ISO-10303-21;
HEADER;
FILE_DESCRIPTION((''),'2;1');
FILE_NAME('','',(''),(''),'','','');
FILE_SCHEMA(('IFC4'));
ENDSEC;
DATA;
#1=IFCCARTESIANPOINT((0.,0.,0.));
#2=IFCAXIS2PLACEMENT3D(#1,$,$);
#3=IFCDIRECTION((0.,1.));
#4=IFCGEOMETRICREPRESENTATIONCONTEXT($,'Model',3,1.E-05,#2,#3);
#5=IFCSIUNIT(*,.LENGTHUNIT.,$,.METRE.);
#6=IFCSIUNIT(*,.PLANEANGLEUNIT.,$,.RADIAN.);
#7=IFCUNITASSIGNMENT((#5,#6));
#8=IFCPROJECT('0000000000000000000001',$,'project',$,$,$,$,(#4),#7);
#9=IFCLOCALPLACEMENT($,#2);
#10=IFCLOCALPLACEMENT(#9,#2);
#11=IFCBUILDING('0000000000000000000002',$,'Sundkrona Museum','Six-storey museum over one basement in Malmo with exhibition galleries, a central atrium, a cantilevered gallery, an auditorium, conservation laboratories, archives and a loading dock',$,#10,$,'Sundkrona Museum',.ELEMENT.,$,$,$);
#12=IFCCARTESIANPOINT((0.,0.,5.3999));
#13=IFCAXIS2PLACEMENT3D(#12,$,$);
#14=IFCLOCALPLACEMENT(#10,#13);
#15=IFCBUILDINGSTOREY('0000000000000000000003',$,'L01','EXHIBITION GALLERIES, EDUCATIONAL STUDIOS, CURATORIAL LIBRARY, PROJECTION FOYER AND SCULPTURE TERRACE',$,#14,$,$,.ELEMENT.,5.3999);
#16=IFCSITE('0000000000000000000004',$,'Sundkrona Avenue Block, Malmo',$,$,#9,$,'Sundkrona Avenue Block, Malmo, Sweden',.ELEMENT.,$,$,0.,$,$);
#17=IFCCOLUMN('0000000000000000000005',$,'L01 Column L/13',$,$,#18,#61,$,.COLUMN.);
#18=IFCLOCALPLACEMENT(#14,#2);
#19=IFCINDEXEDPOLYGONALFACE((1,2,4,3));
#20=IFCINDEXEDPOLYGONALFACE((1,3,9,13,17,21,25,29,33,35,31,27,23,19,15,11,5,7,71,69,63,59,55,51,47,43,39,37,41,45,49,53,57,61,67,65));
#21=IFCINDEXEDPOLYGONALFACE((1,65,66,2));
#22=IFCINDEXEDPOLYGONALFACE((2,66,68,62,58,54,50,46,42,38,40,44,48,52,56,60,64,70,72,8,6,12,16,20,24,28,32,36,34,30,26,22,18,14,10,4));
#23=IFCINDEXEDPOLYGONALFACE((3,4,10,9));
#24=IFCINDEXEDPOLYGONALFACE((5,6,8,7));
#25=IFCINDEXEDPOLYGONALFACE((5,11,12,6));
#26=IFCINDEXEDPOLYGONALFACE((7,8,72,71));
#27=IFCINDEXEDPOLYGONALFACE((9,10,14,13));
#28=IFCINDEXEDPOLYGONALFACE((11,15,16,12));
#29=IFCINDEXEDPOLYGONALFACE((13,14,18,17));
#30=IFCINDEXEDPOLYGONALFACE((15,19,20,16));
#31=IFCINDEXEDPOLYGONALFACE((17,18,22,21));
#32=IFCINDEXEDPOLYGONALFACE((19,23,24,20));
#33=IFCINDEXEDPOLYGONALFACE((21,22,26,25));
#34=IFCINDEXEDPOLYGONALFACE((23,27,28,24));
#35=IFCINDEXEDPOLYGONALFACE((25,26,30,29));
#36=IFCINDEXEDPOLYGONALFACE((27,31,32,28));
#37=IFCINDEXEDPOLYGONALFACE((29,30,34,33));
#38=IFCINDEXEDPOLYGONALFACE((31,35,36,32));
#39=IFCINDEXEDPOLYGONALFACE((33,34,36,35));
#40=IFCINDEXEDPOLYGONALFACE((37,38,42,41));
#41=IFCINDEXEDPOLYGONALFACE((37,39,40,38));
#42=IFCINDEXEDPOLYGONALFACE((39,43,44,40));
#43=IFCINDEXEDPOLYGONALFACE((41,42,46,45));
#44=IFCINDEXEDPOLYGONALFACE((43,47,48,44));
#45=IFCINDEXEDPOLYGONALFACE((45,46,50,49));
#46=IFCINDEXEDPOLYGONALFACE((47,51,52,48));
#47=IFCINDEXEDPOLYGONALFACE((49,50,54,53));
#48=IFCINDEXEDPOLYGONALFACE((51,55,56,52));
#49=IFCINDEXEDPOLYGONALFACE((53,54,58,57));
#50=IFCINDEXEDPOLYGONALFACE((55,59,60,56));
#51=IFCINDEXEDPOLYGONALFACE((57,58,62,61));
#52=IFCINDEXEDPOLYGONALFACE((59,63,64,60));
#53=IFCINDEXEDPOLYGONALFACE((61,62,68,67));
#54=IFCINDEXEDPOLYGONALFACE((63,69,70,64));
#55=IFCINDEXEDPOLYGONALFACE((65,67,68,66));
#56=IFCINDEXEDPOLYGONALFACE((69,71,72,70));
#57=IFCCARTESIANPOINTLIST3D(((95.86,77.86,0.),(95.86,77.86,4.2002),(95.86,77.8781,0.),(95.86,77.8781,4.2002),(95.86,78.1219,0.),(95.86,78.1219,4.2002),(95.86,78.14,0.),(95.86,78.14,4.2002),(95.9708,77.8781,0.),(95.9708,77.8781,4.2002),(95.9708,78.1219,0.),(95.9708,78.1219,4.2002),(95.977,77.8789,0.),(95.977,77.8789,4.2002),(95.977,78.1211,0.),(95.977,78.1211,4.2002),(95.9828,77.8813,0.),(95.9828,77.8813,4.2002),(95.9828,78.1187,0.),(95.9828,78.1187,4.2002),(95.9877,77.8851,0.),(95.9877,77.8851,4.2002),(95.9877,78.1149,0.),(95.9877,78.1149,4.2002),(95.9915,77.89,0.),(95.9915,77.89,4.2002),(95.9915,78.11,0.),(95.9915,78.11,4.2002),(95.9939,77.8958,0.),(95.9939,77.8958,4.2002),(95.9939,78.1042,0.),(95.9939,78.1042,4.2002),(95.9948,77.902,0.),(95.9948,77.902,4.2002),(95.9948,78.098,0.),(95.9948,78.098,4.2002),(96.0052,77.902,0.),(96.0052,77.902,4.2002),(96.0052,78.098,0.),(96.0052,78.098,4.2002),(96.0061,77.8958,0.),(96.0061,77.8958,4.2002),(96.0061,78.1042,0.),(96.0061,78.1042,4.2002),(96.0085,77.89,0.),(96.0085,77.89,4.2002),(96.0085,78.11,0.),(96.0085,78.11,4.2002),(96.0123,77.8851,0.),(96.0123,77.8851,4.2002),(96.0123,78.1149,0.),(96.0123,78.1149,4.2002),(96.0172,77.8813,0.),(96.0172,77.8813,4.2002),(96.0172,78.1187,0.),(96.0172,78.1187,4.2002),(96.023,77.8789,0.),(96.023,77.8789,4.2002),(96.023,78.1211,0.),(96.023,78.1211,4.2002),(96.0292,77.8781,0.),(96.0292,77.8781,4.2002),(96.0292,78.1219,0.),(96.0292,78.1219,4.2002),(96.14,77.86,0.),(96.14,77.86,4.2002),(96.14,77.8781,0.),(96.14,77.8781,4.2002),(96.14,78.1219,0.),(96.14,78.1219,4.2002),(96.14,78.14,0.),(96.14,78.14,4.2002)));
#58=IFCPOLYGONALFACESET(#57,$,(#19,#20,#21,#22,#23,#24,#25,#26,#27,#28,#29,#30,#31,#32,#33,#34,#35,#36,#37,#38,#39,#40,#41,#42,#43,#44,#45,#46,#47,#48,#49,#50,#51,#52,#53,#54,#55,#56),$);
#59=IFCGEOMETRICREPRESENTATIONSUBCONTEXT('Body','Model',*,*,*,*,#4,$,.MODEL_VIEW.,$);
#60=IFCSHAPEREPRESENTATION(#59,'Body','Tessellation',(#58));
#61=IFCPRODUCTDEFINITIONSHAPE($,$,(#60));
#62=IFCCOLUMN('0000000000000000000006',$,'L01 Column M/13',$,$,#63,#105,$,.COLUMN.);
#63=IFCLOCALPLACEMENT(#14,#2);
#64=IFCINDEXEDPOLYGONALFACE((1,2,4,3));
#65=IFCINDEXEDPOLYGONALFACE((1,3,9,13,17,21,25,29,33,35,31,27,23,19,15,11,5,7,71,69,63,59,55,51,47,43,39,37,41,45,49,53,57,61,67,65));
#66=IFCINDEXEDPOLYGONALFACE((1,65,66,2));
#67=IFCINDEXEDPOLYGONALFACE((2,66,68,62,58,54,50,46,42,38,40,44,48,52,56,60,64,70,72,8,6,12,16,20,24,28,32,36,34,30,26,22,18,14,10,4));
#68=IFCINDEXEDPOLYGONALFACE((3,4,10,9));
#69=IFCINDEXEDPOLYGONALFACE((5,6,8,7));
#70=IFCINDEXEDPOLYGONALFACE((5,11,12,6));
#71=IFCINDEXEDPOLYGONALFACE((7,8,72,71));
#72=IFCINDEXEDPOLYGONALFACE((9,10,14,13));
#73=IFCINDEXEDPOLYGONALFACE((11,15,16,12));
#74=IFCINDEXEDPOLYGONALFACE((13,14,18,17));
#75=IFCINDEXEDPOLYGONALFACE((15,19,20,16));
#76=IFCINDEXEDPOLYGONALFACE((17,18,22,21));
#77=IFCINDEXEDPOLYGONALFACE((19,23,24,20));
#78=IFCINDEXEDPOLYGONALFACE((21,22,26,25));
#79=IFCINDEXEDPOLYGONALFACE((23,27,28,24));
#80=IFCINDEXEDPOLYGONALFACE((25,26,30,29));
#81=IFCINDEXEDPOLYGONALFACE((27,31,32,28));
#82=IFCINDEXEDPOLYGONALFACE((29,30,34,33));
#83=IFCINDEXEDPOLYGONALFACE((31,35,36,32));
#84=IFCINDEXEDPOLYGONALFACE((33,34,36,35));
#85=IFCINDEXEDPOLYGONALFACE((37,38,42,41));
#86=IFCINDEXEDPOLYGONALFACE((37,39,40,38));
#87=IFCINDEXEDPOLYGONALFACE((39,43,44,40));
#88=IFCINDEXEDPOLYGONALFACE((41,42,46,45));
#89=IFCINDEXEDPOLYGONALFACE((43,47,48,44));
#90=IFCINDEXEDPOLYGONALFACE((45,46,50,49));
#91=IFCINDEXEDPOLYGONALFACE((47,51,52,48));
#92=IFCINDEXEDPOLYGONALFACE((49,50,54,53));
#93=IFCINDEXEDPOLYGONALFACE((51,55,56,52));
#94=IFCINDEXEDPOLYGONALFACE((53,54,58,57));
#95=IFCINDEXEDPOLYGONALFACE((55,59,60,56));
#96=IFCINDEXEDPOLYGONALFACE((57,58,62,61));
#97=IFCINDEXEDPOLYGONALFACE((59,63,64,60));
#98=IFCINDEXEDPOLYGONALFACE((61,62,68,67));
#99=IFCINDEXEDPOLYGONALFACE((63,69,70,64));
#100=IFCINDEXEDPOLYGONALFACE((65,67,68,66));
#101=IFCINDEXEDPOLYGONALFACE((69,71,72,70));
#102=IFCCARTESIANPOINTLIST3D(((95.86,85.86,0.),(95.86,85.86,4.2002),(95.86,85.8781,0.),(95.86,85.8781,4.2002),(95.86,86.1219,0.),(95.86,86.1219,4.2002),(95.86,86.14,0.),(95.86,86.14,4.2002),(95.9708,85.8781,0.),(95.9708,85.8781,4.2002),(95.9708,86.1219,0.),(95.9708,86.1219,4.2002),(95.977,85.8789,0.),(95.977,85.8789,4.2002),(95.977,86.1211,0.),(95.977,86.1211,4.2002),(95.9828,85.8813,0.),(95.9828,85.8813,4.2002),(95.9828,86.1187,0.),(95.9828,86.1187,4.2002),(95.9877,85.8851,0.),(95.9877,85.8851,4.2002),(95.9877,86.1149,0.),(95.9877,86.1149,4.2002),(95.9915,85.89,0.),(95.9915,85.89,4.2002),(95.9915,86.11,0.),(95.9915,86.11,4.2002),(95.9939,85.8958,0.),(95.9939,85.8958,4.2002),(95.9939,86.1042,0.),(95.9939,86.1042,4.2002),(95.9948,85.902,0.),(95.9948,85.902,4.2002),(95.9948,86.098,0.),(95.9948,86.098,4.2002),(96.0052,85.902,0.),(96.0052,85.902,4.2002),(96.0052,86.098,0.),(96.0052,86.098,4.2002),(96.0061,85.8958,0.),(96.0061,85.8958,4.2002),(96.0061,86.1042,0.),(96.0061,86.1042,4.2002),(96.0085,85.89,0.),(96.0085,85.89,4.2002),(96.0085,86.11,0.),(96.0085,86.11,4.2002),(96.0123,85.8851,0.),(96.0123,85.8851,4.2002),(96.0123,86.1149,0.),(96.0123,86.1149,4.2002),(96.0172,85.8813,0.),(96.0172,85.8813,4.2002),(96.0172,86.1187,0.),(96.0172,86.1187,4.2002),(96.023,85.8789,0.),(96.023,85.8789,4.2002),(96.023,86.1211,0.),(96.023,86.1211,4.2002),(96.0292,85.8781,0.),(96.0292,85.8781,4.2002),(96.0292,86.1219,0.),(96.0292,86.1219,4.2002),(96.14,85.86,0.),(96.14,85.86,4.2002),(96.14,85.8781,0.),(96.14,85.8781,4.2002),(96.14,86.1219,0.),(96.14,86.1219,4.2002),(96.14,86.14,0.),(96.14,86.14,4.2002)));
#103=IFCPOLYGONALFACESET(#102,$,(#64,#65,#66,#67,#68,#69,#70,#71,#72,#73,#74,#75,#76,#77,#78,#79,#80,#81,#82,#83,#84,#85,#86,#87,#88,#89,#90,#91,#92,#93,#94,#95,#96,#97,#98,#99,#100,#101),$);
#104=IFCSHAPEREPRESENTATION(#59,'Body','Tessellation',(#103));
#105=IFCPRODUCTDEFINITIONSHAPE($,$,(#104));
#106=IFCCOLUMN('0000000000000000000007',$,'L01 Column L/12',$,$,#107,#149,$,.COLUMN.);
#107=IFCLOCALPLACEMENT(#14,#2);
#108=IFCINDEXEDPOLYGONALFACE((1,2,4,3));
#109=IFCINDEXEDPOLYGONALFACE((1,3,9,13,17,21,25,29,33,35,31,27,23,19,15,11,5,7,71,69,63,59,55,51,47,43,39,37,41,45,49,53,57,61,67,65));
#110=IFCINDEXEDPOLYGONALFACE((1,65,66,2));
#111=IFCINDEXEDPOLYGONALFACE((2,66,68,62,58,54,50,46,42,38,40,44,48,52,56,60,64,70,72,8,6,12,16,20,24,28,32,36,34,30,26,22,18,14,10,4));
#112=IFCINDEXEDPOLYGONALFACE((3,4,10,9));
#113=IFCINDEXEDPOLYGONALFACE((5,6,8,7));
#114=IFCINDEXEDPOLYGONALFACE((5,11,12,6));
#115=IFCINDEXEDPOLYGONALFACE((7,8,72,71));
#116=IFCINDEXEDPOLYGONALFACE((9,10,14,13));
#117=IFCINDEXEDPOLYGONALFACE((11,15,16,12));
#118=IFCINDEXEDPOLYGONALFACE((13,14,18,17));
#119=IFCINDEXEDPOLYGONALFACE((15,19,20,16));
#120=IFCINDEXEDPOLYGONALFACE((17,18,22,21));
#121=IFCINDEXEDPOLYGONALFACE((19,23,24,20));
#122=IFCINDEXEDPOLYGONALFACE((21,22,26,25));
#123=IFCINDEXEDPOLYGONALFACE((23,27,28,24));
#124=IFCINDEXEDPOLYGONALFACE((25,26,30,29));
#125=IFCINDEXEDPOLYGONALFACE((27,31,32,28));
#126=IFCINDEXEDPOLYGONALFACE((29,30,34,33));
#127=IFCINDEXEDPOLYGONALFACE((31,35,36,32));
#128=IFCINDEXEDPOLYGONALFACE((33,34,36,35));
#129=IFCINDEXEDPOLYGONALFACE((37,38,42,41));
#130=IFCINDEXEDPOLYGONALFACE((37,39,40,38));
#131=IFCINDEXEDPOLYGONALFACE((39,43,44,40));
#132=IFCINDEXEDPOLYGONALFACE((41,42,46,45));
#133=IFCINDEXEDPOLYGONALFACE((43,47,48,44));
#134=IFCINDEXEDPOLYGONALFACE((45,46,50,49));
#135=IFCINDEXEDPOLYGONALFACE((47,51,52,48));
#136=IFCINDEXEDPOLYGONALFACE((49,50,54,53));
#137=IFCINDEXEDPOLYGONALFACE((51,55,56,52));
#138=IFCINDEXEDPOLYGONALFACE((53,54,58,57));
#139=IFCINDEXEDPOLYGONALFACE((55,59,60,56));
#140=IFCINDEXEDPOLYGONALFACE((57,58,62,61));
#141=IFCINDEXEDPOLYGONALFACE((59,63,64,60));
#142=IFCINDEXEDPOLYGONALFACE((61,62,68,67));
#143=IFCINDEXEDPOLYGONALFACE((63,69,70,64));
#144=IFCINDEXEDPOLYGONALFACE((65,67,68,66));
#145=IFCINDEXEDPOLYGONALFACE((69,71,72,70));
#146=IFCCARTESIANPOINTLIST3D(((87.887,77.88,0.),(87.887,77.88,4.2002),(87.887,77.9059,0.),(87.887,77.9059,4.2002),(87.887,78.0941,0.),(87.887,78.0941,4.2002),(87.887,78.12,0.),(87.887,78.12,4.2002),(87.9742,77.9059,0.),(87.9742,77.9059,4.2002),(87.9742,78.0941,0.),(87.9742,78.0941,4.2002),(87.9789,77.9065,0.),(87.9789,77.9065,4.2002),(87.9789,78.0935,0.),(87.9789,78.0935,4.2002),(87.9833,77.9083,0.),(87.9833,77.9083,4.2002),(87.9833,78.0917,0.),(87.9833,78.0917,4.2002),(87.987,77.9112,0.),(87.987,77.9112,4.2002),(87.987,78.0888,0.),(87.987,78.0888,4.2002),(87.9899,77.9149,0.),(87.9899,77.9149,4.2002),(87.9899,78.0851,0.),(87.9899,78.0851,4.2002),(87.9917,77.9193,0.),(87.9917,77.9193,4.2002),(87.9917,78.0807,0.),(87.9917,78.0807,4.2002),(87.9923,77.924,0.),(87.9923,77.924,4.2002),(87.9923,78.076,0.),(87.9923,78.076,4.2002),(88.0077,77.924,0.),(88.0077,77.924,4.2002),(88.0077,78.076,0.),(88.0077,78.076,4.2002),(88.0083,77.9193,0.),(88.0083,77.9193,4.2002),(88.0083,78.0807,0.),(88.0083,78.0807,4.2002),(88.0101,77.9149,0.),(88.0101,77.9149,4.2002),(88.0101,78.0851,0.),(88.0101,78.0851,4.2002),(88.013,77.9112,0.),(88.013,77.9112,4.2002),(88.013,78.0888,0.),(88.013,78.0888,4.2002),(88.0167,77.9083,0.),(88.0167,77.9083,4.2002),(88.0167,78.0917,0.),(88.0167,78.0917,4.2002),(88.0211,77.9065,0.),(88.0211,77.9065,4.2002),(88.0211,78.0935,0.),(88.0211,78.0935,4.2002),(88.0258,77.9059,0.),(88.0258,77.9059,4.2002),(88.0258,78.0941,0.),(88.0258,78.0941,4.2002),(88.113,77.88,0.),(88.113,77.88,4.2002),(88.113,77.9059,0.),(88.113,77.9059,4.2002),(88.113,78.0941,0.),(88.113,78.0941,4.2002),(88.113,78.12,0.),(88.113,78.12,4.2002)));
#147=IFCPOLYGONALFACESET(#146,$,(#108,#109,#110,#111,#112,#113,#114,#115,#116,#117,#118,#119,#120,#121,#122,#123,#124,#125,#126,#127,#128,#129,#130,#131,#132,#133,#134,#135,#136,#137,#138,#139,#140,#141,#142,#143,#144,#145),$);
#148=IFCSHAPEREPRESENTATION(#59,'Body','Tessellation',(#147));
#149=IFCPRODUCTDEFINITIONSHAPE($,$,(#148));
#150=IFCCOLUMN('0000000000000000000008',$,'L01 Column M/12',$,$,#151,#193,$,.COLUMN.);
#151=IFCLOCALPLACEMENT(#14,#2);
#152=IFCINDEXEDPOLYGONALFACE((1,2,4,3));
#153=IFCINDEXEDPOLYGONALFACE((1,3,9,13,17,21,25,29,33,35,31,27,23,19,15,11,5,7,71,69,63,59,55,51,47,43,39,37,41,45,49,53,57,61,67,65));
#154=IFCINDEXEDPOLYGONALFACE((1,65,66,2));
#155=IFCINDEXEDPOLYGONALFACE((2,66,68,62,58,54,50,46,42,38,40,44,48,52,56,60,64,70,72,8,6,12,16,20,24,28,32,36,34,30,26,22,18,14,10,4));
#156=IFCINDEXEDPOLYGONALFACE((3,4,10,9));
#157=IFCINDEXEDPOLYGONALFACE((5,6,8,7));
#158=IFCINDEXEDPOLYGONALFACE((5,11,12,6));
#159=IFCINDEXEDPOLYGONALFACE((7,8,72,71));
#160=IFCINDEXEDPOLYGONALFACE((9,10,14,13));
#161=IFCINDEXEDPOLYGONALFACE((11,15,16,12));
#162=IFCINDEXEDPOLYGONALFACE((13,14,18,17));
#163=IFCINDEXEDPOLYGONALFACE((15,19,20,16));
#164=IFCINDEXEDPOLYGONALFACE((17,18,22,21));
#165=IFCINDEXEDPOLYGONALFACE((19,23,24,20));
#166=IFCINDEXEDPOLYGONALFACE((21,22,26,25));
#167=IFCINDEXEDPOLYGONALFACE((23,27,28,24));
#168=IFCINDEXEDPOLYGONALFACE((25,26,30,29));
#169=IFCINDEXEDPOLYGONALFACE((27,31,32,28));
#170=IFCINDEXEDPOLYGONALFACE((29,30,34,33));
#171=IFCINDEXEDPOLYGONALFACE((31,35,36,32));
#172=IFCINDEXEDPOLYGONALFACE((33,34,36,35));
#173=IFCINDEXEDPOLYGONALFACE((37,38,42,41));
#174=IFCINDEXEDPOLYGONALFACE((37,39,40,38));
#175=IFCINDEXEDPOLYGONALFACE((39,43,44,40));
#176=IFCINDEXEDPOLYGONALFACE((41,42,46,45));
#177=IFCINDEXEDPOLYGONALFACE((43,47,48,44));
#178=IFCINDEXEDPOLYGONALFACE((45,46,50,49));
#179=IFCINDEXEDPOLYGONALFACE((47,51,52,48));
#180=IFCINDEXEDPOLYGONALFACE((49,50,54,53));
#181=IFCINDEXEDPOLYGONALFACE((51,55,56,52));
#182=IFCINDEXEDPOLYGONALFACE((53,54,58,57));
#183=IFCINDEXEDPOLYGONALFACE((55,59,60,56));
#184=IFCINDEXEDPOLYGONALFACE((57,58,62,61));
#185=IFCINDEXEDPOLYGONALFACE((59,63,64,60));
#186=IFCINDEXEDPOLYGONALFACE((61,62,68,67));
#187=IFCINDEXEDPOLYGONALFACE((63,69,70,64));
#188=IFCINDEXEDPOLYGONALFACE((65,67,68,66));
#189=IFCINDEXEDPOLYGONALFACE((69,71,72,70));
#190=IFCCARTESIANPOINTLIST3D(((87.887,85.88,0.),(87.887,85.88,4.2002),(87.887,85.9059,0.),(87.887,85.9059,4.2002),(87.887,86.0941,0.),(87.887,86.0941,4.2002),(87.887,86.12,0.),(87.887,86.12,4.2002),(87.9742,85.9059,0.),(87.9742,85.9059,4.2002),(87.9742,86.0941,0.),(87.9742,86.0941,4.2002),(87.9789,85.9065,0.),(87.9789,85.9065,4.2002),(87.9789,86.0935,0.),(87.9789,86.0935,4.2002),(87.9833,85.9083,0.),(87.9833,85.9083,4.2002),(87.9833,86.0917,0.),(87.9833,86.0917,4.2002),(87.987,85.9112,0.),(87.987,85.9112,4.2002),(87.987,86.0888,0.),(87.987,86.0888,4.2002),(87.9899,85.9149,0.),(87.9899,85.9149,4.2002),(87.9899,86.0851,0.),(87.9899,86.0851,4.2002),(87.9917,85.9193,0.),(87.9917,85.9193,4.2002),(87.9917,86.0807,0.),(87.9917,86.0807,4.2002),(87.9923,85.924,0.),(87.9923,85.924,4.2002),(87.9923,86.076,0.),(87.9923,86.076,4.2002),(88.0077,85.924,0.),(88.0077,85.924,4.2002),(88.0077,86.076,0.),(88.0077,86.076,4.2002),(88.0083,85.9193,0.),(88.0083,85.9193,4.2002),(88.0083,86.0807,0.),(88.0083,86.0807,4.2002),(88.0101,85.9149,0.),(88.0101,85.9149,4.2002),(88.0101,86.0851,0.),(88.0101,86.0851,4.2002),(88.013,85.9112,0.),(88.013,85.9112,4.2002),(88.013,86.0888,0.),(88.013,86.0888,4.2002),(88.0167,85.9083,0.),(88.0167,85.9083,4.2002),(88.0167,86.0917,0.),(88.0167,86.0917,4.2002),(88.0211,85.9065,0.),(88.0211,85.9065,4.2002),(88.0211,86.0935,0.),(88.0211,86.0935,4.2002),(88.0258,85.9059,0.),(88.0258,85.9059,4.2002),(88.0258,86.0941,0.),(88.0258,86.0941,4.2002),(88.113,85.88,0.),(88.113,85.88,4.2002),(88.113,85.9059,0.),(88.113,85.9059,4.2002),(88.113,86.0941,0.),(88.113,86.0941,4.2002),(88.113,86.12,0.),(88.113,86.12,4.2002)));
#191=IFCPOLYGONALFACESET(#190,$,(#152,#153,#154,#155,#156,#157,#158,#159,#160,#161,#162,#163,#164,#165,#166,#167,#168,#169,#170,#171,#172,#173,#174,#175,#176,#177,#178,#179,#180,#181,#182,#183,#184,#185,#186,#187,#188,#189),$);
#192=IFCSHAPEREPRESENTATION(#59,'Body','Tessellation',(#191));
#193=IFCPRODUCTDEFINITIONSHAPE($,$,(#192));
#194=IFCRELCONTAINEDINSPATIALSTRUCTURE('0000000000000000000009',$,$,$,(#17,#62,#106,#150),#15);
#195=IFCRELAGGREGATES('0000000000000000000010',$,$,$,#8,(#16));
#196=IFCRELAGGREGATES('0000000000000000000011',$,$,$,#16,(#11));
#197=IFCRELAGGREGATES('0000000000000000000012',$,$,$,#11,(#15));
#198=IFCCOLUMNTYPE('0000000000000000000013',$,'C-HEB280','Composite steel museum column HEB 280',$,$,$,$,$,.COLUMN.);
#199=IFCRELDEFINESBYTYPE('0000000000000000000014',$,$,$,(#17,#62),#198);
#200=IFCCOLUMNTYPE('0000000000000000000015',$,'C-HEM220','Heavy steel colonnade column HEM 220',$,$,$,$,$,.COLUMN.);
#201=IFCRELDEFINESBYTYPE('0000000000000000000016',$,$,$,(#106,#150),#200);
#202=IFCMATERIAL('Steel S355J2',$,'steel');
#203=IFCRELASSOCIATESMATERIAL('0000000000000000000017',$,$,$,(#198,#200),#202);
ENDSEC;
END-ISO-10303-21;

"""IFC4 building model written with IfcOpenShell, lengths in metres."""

from ifc_helpers import new_model, si_unit, direction, frame, origin, origin_2d, place, context, subcontext, project, spatial, i_section, extrude, material, material_profile, profile_set, type_object, element, save


model = new_model("IFC4")

# Units and contexts
model_context = context("Model", 3, precision=1e-05, world=origin(), true_north=direction((0.0, 1.0)))
body_context = subcontext(model_context, "Body", "Model", "MODEL_VIEW")
ifc_project = project(units=[si_unit("LENGTHUNIT", "METRE"), si_unit("PLANEANGLEUNIT", "RADIAN")], contexts=[model_context])

# Site, building, storey
site_placement = place(None, origin())
site = spatial("IfcSite", under=ifc_project, at=site_placement, Name="Sundkrona Avenue Block, Malmo", LongName="Sundkrona Avenue Block, Malmo, Sweden", CompositionType="ELEMENT", RefElevation=0.0)
building_placement = place(site_placement, origin())
building = spatial("IfcBuilding", under=site, at=building_placement, Name="Sundkrona Museum", Description="Six-storey museum over one basement in Malmo with exhibition galleries, a central atrium, a cantilevered gallery, an auditorium, conservation laboratories, archives and a loading dock", LongName="Sundkrona Museum", CompositionType="ELEMENT")
storey_placement = place(building_placement, frame((0.0, 0.0, 5.3999)))
storey = spatial("IfcBuildingStorey", under=building, at=storey_placement, Name="L01", Description="EXHIBITION GALLERIES, EDUCATIONAL STUDIOS, CURATORIAL LIBRARY, PROJECTION FOYER AND SCULPTURE TERRACE", CompositionType="ELEMENT", Elevation=5.3999)

# Columns
ifc_material_1 = material(Name="Steel S355J2", Category="steel")
ifc_material_profile_1 = material_profile(ifc_material_1, i_section(OverallWidth=0.28, OverallDepth=0.28, WebThickness=0.0105, FlangeThickness=0.0181, FilletRadius=0.0239, at=origin_2d()), Name="HEB 280")
ifc_profile_set_1 = profile_set([ifc_material_profile_1], Name="Steel S355J2")
column_type_1 = type_object("IfcColumnType", Name="C-HEB280", Description="Composite steel museum column HEB 280", PredefinedType="COLUMN", material=ifc_profile_set_1)
for number, where, z_axis, x_axis, name in (
    (1, (96.0, 78.0, 0.0), (0.0, 0.0, 1.0), (1.0, 0.0, 0.0), "L01 Column L/13"),
    (2, (96.0, 86.0, 0.0), (0.0, 0.0, 1.0), (1.0, 0.0, 0.0), "L01 Column M/13"),
):
    element("IfcColumn", number, at=place(storey_placement, frame(where, z_axis=z_axis, x_axis=x_axis)), inside=storey, type_object=column_type_1, Name=name, PredefinedType="COLUMN", context=body_context, shape_type="SweptSolid", body=[
        extrude(i_section(OverallWidth=0.28, OverallDepth=0.28, WebThickness=0.0105, FlangeThickness=0.0181, FilletRadius=0.0239, at=origin_2d()), origin(), (0.0, 0.0, 1.0), 4.2002),
    ])
ifc_material_profile_2 = material_profile(ifc_material_1, i_section(OverallWidth=0.2261, OverallDepth=0.24, WebThickness=0.0154, FlangeThickness=0.0259, FilletRadius=0.0181, at=origin_2d()), Name="HEM 220")
ifc_profile_set_2 = profile_set([ifc_material_profile_2], Name="Steel S355J2")
column_type_2 = type_object("IfcColumnType", Name="C-HEM220", Description="Heavy steel colonnade column HEM 220", PredefinedType="COLUMN", material=ifc_profile_set_2)
for number, where, z_axis, x_axis, name in (
    (3, (88.0, 78.0, 0.0), (0.0, 0.0, 1.0), (1.0, 0.0, 0.0), "L01 Column L/12"),
    (4, (88.0, 86.0, 0.0), (0.0, 0.0, 1.0), (1.0, 0.0, 0.0), "L01 Column M/12"),
):
    element("IfcColumn", number, at=place(storey_placement, frame(where, z_axis=z_axis, x_axis=x_axis)), inside=storey, type_object=column_type_2, Name=name, PredefinedType="COLUMN", context=body_context, shape_type="SweptSolid", body=[
        extrude(i_section(OverallWidth=0.2261, OverallDepth=0.24, WebThickness=0.0154, FlangeThickness=0.0259, FilletRadius=0.0181, at=origin_2d()), origin(), (0.0, 0.0, 1.0), 4.2002),
    ])

save(model, "model.ifc")
